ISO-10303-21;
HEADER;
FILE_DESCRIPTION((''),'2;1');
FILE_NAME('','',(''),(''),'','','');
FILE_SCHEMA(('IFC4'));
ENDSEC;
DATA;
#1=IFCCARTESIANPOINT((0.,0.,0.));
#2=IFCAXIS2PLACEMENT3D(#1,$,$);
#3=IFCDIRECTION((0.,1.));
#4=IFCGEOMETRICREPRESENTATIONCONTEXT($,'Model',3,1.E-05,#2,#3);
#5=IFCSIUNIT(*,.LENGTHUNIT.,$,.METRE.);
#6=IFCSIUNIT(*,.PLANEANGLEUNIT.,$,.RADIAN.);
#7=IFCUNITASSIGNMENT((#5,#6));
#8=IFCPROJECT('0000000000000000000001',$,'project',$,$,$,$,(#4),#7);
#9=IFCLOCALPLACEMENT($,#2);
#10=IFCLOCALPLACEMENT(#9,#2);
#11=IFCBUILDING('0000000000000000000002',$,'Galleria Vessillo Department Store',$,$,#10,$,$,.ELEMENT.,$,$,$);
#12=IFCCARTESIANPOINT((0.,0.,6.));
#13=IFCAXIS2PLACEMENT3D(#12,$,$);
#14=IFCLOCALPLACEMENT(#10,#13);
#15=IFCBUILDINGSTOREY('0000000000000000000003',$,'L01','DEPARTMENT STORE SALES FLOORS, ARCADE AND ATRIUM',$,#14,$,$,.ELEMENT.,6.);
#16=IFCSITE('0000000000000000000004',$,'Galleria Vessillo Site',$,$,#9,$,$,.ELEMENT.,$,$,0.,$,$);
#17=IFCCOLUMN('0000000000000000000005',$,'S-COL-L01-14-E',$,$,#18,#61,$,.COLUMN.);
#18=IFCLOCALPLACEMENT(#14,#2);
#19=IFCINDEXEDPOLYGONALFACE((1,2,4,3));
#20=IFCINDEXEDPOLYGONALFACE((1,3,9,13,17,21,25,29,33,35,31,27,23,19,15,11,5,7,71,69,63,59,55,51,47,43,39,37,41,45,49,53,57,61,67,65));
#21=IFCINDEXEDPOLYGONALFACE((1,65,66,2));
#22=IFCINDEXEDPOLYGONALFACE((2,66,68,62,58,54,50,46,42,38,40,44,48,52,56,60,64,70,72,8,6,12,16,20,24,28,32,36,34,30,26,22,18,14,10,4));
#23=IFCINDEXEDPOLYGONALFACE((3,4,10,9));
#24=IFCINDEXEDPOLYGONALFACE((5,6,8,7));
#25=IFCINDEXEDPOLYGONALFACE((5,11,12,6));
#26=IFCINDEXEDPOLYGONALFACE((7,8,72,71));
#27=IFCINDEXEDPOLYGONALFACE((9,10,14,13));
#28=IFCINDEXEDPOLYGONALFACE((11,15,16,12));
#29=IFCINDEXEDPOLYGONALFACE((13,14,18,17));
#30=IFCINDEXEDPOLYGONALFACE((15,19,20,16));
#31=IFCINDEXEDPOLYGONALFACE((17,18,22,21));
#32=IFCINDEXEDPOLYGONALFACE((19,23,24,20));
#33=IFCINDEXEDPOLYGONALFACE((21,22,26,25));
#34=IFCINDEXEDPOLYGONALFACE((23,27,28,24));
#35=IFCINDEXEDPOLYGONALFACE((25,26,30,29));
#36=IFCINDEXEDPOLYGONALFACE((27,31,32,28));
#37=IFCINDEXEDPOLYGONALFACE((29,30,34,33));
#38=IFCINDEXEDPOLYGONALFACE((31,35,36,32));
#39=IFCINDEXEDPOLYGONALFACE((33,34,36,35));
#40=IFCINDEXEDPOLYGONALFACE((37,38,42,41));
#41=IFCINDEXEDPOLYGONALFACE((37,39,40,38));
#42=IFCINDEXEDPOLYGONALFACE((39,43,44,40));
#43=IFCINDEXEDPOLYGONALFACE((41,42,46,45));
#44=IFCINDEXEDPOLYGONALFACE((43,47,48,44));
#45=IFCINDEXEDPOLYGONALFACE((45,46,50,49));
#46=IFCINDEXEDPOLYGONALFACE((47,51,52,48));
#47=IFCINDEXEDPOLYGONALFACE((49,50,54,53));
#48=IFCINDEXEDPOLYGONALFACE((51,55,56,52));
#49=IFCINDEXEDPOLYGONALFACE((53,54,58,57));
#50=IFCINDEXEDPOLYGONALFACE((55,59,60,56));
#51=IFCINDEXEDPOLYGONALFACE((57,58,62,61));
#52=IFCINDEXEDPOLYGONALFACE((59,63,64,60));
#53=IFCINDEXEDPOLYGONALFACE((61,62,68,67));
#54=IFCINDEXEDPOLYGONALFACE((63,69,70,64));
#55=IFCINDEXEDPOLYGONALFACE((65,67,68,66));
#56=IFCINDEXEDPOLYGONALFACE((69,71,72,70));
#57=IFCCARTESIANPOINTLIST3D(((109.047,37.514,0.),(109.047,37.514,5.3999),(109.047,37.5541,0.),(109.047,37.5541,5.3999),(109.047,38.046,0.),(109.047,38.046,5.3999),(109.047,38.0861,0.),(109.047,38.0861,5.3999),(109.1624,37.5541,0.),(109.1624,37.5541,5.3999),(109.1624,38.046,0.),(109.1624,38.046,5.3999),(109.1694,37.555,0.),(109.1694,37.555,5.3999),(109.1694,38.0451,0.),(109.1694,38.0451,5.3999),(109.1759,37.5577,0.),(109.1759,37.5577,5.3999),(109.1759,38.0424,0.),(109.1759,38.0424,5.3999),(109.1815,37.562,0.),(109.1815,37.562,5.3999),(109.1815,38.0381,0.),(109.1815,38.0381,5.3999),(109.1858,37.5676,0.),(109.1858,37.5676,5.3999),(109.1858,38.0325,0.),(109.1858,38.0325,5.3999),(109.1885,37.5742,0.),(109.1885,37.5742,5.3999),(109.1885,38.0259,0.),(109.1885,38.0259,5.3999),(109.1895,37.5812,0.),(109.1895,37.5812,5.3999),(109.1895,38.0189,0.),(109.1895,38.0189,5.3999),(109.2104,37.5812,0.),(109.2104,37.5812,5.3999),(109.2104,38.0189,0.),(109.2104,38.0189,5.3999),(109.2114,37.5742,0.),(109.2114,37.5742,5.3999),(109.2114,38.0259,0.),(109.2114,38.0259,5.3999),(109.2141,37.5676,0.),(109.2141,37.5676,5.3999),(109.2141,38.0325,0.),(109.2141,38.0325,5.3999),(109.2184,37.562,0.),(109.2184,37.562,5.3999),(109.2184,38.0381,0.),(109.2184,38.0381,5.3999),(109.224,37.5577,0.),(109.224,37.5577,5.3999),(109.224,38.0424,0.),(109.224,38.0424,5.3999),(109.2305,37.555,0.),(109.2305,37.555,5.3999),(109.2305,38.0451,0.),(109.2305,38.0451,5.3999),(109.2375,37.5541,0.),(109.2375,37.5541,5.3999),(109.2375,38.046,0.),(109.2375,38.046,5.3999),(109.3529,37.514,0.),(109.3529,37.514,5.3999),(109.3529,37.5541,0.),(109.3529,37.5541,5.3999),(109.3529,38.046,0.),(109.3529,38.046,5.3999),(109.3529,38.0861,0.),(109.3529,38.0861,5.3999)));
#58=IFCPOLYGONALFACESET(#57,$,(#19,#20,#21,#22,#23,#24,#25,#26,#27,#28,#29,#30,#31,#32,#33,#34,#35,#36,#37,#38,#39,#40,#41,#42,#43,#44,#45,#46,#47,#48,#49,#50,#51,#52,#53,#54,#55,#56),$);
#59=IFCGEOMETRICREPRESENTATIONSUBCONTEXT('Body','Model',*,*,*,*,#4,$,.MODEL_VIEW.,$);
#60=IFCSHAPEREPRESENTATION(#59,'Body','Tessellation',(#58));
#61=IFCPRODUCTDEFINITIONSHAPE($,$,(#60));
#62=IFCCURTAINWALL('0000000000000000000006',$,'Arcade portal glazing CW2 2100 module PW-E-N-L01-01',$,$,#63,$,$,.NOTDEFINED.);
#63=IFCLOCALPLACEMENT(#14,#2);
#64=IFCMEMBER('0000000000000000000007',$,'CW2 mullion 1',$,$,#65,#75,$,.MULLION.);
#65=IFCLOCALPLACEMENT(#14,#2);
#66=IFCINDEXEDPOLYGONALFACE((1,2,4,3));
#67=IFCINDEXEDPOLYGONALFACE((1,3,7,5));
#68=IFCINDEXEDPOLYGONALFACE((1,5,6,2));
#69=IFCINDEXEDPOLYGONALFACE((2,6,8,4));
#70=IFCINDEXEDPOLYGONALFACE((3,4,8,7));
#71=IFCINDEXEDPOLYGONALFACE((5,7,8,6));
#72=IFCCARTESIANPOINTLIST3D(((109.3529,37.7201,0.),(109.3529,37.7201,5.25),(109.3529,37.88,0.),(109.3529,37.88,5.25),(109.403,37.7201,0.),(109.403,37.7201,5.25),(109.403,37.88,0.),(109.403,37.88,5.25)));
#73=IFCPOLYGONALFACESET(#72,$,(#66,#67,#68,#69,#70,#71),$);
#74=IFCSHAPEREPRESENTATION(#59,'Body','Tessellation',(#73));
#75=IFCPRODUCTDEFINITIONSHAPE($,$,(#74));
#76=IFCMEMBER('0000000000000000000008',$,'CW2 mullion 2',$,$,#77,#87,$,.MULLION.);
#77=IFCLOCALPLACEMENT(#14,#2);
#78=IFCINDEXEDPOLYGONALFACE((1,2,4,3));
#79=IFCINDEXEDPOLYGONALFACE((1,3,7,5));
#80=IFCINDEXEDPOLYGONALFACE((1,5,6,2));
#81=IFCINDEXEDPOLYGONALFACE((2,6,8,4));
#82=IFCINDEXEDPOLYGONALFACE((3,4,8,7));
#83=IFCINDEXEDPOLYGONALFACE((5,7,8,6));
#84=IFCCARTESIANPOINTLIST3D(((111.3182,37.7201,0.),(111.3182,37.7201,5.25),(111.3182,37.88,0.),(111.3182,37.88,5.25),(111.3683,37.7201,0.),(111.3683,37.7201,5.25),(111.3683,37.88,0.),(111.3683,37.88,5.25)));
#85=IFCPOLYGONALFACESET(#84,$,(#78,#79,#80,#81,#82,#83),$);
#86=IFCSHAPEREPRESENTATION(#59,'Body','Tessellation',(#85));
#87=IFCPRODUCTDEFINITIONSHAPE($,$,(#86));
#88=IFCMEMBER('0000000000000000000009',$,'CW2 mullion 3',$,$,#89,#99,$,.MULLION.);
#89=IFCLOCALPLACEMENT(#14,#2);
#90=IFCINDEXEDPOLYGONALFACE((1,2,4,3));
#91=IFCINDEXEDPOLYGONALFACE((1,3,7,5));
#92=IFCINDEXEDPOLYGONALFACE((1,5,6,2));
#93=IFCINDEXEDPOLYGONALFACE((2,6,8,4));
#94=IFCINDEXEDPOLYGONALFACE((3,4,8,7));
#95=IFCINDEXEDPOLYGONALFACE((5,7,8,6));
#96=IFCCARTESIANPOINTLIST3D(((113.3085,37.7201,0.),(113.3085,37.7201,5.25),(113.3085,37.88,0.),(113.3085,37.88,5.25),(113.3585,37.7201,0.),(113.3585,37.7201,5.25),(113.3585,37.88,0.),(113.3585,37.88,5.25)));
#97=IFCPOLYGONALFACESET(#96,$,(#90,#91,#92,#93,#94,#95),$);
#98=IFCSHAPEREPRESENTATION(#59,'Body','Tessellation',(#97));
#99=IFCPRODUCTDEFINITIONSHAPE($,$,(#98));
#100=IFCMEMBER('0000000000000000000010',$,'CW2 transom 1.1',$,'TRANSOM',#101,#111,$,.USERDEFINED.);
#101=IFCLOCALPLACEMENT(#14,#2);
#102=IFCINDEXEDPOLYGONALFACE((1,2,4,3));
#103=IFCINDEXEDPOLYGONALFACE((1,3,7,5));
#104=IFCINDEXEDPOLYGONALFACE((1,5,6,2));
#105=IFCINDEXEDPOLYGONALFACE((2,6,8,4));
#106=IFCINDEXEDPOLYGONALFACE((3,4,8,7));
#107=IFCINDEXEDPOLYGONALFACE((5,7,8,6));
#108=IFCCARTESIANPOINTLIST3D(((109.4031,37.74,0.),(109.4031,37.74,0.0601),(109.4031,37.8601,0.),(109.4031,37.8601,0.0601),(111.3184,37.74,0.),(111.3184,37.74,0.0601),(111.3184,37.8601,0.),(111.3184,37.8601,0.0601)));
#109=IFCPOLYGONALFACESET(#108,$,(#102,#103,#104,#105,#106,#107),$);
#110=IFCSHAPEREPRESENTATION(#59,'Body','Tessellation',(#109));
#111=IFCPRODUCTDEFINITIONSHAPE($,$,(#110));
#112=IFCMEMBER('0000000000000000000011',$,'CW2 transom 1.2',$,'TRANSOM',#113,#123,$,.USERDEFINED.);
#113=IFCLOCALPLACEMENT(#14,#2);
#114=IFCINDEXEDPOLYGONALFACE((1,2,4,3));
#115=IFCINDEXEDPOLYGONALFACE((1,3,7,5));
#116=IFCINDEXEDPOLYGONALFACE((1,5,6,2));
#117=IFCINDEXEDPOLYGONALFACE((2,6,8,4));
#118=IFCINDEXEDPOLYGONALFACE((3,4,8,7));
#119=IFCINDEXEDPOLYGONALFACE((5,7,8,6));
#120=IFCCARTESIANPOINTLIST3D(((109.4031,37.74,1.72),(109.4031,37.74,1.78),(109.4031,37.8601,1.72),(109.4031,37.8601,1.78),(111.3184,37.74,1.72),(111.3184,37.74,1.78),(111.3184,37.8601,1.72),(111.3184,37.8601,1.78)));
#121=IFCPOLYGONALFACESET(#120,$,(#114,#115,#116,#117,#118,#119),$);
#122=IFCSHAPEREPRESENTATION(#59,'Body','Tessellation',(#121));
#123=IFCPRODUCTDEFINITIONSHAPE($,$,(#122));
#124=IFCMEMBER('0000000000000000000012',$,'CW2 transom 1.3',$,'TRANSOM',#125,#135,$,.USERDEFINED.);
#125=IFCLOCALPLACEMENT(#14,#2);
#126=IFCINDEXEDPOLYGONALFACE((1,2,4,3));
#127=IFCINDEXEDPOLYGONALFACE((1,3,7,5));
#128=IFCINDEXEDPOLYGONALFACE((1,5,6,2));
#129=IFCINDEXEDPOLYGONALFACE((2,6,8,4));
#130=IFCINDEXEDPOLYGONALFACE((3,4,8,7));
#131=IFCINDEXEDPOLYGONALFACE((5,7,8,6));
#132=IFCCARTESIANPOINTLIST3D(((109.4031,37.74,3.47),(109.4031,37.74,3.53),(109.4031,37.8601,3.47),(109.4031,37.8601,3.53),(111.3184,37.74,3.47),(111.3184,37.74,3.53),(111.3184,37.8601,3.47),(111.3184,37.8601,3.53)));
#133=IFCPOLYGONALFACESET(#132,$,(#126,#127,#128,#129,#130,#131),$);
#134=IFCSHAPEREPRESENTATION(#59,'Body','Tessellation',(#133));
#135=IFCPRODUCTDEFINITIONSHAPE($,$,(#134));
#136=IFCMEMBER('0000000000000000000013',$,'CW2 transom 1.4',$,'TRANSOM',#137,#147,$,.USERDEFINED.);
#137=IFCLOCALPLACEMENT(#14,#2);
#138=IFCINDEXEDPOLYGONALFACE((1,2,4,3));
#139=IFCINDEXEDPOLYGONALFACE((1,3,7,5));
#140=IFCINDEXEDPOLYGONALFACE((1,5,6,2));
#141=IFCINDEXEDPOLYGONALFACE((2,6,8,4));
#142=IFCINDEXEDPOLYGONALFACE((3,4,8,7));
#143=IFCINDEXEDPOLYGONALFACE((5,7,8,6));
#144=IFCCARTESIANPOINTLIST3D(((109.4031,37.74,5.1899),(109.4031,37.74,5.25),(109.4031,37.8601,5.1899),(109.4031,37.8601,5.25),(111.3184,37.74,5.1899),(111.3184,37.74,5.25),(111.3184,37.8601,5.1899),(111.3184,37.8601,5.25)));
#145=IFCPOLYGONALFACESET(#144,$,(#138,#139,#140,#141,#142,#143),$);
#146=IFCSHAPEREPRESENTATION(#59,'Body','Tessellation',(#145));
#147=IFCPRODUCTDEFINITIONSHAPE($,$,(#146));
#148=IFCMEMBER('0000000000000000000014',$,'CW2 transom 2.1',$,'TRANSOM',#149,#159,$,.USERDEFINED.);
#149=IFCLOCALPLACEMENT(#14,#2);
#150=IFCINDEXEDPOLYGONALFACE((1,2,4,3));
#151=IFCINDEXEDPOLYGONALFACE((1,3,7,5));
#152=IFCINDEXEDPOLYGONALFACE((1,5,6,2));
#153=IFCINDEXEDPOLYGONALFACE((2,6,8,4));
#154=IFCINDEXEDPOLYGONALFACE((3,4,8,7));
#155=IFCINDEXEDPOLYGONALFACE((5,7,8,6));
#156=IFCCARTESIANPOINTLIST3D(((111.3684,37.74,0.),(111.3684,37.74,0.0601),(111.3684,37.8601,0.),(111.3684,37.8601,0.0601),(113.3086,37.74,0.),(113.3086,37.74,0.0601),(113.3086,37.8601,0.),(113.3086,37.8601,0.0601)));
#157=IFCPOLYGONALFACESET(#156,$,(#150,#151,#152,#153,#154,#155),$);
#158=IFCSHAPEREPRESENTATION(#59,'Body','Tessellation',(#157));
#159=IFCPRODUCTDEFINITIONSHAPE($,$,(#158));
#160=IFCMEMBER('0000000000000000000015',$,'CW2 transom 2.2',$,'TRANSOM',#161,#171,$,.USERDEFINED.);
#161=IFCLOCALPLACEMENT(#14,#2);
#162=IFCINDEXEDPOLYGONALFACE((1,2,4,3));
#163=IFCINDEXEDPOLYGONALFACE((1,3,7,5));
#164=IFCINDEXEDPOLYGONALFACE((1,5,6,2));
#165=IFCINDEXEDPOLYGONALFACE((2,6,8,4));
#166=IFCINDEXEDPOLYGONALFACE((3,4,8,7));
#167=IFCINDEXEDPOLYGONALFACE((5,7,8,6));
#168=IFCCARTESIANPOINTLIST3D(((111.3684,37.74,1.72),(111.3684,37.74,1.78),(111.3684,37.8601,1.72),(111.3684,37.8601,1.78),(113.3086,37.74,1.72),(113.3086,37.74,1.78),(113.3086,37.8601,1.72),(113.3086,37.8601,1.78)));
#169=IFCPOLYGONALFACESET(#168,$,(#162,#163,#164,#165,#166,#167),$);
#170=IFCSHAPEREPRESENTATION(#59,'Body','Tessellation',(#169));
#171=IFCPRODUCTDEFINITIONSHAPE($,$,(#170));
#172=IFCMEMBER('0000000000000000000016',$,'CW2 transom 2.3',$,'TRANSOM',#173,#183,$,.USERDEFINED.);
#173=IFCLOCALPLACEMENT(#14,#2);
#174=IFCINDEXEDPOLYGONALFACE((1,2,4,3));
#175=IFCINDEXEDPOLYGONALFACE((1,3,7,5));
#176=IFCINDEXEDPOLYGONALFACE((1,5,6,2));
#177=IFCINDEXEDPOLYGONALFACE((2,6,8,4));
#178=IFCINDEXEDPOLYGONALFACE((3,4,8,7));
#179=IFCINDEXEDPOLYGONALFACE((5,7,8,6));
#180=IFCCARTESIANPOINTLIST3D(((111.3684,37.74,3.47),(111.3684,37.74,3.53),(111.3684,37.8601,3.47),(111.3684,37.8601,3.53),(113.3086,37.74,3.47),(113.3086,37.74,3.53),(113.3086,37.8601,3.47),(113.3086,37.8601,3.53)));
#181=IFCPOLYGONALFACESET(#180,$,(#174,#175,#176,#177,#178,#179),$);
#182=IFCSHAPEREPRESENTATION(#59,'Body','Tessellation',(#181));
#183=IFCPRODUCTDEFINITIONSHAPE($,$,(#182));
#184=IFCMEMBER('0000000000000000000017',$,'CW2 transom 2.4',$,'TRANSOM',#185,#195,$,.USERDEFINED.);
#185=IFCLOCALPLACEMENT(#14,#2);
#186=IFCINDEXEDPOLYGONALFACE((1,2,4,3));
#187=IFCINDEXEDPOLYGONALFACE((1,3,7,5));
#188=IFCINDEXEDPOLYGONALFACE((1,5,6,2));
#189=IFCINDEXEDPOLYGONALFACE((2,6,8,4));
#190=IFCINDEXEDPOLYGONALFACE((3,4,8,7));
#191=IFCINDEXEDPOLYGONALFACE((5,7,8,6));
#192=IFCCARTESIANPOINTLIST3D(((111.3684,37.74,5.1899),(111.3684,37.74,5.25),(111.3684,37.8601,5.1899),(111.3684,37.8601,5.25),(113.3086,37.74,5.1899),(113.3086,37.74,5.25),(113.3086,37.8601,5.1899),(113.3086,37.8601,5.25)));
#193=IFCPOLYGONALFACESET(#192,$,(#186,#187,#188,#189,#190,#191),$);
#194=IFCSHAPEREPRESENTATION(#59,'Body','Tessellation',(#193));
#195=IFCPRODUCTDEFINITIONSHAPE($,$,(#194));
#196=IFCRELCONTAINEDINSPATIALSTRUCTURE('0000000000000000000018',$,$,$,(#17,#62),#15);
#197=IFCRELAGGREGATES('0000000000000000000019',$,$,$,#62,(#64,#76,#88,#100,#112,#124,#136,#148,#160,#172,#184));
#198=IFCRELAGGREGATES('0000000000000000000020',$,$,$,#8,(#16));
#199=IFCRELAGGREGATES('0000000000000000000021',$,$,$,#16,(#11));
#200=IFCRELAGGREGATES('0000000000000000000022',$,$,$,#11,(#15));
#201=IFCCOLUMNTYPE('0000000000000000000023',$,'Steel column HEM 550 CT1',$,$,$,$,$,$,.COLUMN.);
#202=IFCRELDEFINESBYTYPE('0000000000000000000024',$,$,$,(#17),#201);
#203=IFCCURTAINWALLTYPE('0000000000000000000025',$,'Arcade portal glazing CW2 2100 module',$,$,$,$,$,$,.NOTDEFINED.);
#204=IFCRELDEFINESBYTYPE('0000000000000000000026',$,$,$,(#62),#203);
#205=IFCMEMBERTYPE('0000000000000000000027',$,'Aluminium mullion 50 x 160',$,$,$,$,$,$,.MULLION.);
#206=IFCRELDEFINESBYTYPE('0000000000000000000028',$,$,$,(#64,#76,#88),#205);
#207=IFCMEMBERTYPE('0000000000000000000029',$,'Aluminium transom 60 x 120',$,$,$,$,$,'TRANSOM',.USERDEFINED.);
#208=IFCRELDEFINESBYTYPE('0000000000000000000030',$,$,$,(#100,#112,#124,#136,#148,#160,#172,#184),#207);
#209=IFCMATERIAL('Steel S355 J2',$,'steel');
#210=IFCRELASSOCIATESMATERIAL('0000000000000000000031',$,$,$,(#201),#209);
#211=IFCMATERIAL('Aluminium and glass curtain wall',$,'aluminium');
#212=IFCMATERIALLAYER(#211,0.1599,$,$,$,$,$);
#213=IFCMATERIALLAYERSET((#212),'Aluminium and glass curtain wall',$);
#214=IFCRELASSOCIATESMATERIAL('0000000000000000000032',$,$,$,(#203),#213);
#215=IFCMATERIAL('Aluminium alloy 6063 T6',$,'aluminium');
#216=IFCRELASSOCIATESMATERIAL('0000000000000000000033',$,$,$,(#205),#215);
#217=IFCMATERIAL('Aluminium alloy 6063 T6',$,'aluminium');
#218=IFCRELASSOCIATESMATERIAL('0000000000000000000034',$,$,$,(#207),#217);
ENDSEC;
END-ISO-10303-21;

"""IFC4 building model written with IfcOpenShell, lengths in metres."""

from ifc_helpers import new_model, si_unit, direction, frame, origin, origin_2d, place, context, subcontext, project, spatial, rectangle, i_section, extrude, material, layer, layer_set, material_profile, profile_set, type_object, element, aggregate, save


model = new_model("IFC4")

# Units and contexts
model_context = context("Model", 3, precision=1e-05, world=origin(), true_north=direction((0.0, 1.0)))
body_context = subcontext(model_context, "Body", "Model", "MODEL_VIEW")
ifc_project = project(units=[si_unit("LENGTHUNIT", "METRE"), si_unit("PLANEANGLEUNIT", "RADIAN")], contexts=[model_context])

# Site, building, storey
site_placement = place(None, origin())
site = spatial("IfcSite", under=ifc_project, at=site_placement, Name="Galleria Vessillo Site", CompositionType="ELEMENT", RefElevation=0.0)
building_placement = place(site_placement, origin())
building = spatial("IfcBuilding", under=site, at=building_placement, Name="Galleria Vessillo Department Store", CompositionType="ELEMENT")
storey_placement = place(building_placement, frame((0.0, 0.0, 6.0)))
storey = spatial("IfcBuildingStorey", under=building, at=storey_placement, Name="L01", Description="DEPARTMENT STORE SALES FLOORS, ARCADE AND ATRIUM", CompositionType="ELEMENT", Elevation=6.0)

# Column
ifc_material_1 = material(Name="Steel S355 J2", Category="steel")
ifc_material_profile_1 = material_profile(ifc_material_1, i_section(OverallWidth=0.3059, OverallDepth=0.572, WebThickness=0.021, FlangeThickness=0.04, FilletRadius=0.0271, at=origin_2d()), Name="HEM 550")
ifc_profile_set_1 = profile_set([ifc_material_profile_1], Name="Steel S355 J2")
column_type = type_object("IfcColumnType", Name="Steel column HEM 550 CT1", PredefinedType="COLUMN", material=ifc_profile_set_1)
column_placement = place(storey_placement, frame((109.2, 37.8, 0.0), z_axis=(0.0, 0.0, 1.0), x_axis=(1.0, 0.0, 0.0)))
element("IfcColumn", 1, at=column_placement, inside=storey, type_object=column_type, Name="S-COL-L01-14-E", PredefinedType="COLUMN", context=body_context, shape_type="SweptSolid", body=[
    extrude(i_section(OverallWidth=0.3059, OverallDepth=0.572, WebThickness=0.021, FlangeThickness=0.04, FilletRadius=0.0271, at=origin_2d()), origin(), (0.0, 0.0, 1.0), 5.3999),
])

# Curtain wall, members
ifc_material_2 = material(Name="Aluminium and glass curtain wall", Category="aluminium")
ifc_layer_1 = layer(ifc_material_2, 0.1599)
ifc_layer_set_1 = layer_set([ifc_layer_1], Name="Aluminium and glass curtain wall")
curtain_wall_type = type_object("IfcCurtainWallType", Name="Arcade portal glazing CW2 2100 module", PredefinedType="NOTDEFINED", material=ifc_layer_set_1)
curtain_wall_placement = place(storey_placement, origin())
curtain_wall = element("IfcCurtainWall", 2, at=curtain_wall_placement, inside=storey, type_object=curtain_wall_type, Name="Arcade portal glazing CW2 2100 module PW-E-N-L01-01", PredefinedType="NOTDEFINED")
ifc_material_3 = material(Name="Aluminium alloy 6063 T6", Category="aluminium")
ifc_material_profile_2 = material_profile(ifc_material_3, rectangle(XDim=0.1599, YDim=0.05, at=origin_2d()), Name="AL 50x160")
ifc_profile_set_2 = profile_set([ifc_material_profile_2], Name="Aluminium alloy 6063 T6")
member_type_1 = type_object("IfcMemberType", Name="Aluminium mullion 50 x 160", PredefinedType="MULLION", material=ifc_profile_set_2)
member_1_placement = place(storey_placement, frame((109.3779, 37.8, 0.0), z_axis=(0.0, 0.0, 1.0), x_axis=(0.0, 1.0, 0.0)))
member_1 = element("IfcMember", 3, at=member_1_placement, type_object=member_type_1, Name="CW2 mullion 1", PredefinedType="MULLION", context=body_context, shape_type="SweptSolid", body=[
    extrude(rectangle(XDim=0.1599, YDim=0.05, at=origin_2d()), origin(), (0.0, 0.0, 1.0), 5.25),
])
member_2_placement = place(storey_placement, frame((111.3433, 37.8, 0.0), z_axis=(0.0, 0.0, 1.0), x_axis=(0.0, 1.0, 0.0)))
member_2 = element("IfcMember", 4, at=member_2_placement, type_object=member_type_1, Name="CW2 mullion 2", PredefinedType="MULLION", context=body_context, shape_type="SweptSolid", body=[
    extrude(rectangle(XDim=0.1599, YDim=0.05, at=origin_2d()), origin(), (0.0, 0.0, 1.0), 5.25),
])
member_3_placement = place(storey_placement, frame((113.3335, 37.8, 0.0), z_axis=(0.0, 0.0, 1.0), x_axis=(0.0, 1.0, 0.0)))
member_3 = element("IfcMember", 5, at=member_3_placement, type_object=member_type_1, Name="CW2 mullion 3", PredefinedType="MULLION", context=body_context, shape_type="SweptSolid", body=[
    extrude(rectangle(XDim=0.1599, YDim=0.05, at=origin_2d()), origin(), (0.0, 0.0, 1.0), 5.25),
])
ifc_material_4 = material(Name="Aluminium alloy 6063 T6", Category="aluminium")
ifc_material_profile_3 = material_profile(ifc_material_4, rectangle(XDim=0.1201, YDim=0.0601, at=origin_2d()), Name="AL 60x120")
ifc_profile_set_3 = profile_set([ifc_material_profile_3], Name="Aluminium alloy 6063 T6")
member_type_2 = type_object("IfcMemberType", Name="Aluminium transom 60 x 120", ElementType="TRANSOM", PredefinedType="USERDEFINED", material=ifc_profile_set_3)
member_4_placement = place(storey_placement, frame((109.4031, 37.8, 0.03), z_axis=(1.0, 0.0, 0.0), x_axis=(0.0, 1.0, 0.0)))
member_4 = element("IfcMember", 6, at=member_4_placement, type_object=member_type_2, Name="CW2 transom 1.1", ObjectType="TRANSOM", PredefinedType="USERDEFINED", context=body_context, shape_type="SweptSolid", body=[
    extrude(rectangle(XDim=0.1201, YDim=0.0601, at=origin_2d()), origin(), (0.0, 0.0, 1.0), 1.9153),
])
member_5_placement = place(storey_placement, frame((109.4031, 37.8, 1.75), z_axis=(1.0, 0.0, 0.0), x_axis=(0.0, 1.0, 0.0)))
member_5 = element("IfcMember", 7, at=member_5_placement, type_object=member_type_2, Name="CW2 transom 1.2", ObjectType="TRANSOM", PredefinedType="USERDEFINED", context=body_context, shape_type="SweptSolid", body=[
    extrude(rectangle(XDim=0.1201, YDim=0.0601, at=origin_2d()), origin(), (0.0, 0.0, 1.0), 1.9153),
])
member_6_placement = place(storey_placement, frame((109.4031, 37.8, 3.5), z_axis=(1.0, 0.0, 0.0), x_axis=(0.0, 1.0, 0.0)))
member_6 = element("IfcMember", 8, at=member_6_placement, type_object=member_type_2, Name="CW2 transom 1.3", ObjectType="TRANSOM", PredefinedType="USERDEFINED", context=body_context, shape_type="SweptSolid", body=[
    extrude(rectangle(XDim=0.1201, YDim=0.0601, at=origin_2d()), origin(), (0.0, 0.0, 1.0), 1.9153),
])
member_7_placement = place(storey_placement, frame((109.4031, 37.8, 5.22), z_axis=(1.0, 0.0, 0.0), x_axis=(0.0, 1.0, 0.0)))
member_7 = element("IfcMember", 9, at=member_7_placement, type_object=member_type_2, Name="CW2 transom 1.4", ObjectType="TRANSOM", PredefinedType="USERDEFINED", context=body_context, shape_type="SweptSolid", body=[
    extrude(rectangle(XDim=0.1201, YDim=0.0601, at=origin_2d()), origin(), (0.0, 0.0, 1.0), 1.9153),
])
member_8_placement = place(storey_placement, frame((111.3684, 37.8, 0.03), z_axis=(1.0, 0.0, 0.0), x_axis=(0.0, 1.0, 0.0)))
member_8 = element("IfcMember", 10, at=member_8_placement, type_object=member_type_2, Name="CW2 transom 2.1", ObjectType="TRANSOM", PredefinedType="USERDEFINED", context=body_context, shape_type="SweptSolid", body=[
    extrude(rectangle(XDim=0.1201, YDim=0.0601, at=origin_2d()), origin(), (0.0, 0.0, 1.0), 1.9402),
])
member_9_placement = place(storey_placement, frame((111.3684, 37.8, 1.75), z_axis=(1.0, 0.0, 0.0), x_axis=(0.0, 1.0, 0.0)))
member_9 = element("IfcMember", 11, at=member_9_placement, type_object=member_type_2, Name="CW2 transom 2.2", ObjectType="TRANSOM", PredefinedType="USERDEFINED", context=body_context, shape_type="SweptSolid", body=[
    extrude(rectangle(XDim=0.1201, YDim=0.0601, at=origin_2d()), origin(), (0.0, 0.0, 1.0), 1.9402),
])
member_10_placement = place(storey_placement, frame((111.3684, 37.8, 3.5), z_axis=(1.0, 0.0, 0.0), x_axis=(0.0, 1.0, 0.0)))
member_10 = element("IfcMember", 12, at=member_10_placement, type_object=member_type_2, Name="CW2 transom 2.3", ObjectType="TRANSOM", PredefinedType="USERDEFINED", context=body_context, shape_type="SweptSolid", body=[
    extrude(rectangle(XDim=0.1201, YDim=0.0601, at=origin_2d()), origin(), (0.0, 0.0, 1.0), 1.9402),
])
member_11_placement = place(storey_placement, frame((111.3684, 37.8, 5.22), z_axis=(1.0, 0.0, 0.0), x_axis=(0.0, 1.0, 0.0)))
member_11 = element("IfcMember", 13, at=member_11_placement, type_object=member_type_2, Name="CW2 transom 2.4", ObjectType="TRANSOM", PredefinedType="USERDEFINED", context=body_context, shape_type="SweptSolid", body=[
    extrude(rectangle(XDim=0.1201, YDim=0.0601, at=origin_2d()), origin(), (0.0, 0.0, 1.0), 1.9402),
])

aggregate(curtain_wall, [member_1, member_2, member_3, member_4, member_5, member_6, member_7, member_8, member_9, member_10, member_11])

save(model, "model.ifc")
